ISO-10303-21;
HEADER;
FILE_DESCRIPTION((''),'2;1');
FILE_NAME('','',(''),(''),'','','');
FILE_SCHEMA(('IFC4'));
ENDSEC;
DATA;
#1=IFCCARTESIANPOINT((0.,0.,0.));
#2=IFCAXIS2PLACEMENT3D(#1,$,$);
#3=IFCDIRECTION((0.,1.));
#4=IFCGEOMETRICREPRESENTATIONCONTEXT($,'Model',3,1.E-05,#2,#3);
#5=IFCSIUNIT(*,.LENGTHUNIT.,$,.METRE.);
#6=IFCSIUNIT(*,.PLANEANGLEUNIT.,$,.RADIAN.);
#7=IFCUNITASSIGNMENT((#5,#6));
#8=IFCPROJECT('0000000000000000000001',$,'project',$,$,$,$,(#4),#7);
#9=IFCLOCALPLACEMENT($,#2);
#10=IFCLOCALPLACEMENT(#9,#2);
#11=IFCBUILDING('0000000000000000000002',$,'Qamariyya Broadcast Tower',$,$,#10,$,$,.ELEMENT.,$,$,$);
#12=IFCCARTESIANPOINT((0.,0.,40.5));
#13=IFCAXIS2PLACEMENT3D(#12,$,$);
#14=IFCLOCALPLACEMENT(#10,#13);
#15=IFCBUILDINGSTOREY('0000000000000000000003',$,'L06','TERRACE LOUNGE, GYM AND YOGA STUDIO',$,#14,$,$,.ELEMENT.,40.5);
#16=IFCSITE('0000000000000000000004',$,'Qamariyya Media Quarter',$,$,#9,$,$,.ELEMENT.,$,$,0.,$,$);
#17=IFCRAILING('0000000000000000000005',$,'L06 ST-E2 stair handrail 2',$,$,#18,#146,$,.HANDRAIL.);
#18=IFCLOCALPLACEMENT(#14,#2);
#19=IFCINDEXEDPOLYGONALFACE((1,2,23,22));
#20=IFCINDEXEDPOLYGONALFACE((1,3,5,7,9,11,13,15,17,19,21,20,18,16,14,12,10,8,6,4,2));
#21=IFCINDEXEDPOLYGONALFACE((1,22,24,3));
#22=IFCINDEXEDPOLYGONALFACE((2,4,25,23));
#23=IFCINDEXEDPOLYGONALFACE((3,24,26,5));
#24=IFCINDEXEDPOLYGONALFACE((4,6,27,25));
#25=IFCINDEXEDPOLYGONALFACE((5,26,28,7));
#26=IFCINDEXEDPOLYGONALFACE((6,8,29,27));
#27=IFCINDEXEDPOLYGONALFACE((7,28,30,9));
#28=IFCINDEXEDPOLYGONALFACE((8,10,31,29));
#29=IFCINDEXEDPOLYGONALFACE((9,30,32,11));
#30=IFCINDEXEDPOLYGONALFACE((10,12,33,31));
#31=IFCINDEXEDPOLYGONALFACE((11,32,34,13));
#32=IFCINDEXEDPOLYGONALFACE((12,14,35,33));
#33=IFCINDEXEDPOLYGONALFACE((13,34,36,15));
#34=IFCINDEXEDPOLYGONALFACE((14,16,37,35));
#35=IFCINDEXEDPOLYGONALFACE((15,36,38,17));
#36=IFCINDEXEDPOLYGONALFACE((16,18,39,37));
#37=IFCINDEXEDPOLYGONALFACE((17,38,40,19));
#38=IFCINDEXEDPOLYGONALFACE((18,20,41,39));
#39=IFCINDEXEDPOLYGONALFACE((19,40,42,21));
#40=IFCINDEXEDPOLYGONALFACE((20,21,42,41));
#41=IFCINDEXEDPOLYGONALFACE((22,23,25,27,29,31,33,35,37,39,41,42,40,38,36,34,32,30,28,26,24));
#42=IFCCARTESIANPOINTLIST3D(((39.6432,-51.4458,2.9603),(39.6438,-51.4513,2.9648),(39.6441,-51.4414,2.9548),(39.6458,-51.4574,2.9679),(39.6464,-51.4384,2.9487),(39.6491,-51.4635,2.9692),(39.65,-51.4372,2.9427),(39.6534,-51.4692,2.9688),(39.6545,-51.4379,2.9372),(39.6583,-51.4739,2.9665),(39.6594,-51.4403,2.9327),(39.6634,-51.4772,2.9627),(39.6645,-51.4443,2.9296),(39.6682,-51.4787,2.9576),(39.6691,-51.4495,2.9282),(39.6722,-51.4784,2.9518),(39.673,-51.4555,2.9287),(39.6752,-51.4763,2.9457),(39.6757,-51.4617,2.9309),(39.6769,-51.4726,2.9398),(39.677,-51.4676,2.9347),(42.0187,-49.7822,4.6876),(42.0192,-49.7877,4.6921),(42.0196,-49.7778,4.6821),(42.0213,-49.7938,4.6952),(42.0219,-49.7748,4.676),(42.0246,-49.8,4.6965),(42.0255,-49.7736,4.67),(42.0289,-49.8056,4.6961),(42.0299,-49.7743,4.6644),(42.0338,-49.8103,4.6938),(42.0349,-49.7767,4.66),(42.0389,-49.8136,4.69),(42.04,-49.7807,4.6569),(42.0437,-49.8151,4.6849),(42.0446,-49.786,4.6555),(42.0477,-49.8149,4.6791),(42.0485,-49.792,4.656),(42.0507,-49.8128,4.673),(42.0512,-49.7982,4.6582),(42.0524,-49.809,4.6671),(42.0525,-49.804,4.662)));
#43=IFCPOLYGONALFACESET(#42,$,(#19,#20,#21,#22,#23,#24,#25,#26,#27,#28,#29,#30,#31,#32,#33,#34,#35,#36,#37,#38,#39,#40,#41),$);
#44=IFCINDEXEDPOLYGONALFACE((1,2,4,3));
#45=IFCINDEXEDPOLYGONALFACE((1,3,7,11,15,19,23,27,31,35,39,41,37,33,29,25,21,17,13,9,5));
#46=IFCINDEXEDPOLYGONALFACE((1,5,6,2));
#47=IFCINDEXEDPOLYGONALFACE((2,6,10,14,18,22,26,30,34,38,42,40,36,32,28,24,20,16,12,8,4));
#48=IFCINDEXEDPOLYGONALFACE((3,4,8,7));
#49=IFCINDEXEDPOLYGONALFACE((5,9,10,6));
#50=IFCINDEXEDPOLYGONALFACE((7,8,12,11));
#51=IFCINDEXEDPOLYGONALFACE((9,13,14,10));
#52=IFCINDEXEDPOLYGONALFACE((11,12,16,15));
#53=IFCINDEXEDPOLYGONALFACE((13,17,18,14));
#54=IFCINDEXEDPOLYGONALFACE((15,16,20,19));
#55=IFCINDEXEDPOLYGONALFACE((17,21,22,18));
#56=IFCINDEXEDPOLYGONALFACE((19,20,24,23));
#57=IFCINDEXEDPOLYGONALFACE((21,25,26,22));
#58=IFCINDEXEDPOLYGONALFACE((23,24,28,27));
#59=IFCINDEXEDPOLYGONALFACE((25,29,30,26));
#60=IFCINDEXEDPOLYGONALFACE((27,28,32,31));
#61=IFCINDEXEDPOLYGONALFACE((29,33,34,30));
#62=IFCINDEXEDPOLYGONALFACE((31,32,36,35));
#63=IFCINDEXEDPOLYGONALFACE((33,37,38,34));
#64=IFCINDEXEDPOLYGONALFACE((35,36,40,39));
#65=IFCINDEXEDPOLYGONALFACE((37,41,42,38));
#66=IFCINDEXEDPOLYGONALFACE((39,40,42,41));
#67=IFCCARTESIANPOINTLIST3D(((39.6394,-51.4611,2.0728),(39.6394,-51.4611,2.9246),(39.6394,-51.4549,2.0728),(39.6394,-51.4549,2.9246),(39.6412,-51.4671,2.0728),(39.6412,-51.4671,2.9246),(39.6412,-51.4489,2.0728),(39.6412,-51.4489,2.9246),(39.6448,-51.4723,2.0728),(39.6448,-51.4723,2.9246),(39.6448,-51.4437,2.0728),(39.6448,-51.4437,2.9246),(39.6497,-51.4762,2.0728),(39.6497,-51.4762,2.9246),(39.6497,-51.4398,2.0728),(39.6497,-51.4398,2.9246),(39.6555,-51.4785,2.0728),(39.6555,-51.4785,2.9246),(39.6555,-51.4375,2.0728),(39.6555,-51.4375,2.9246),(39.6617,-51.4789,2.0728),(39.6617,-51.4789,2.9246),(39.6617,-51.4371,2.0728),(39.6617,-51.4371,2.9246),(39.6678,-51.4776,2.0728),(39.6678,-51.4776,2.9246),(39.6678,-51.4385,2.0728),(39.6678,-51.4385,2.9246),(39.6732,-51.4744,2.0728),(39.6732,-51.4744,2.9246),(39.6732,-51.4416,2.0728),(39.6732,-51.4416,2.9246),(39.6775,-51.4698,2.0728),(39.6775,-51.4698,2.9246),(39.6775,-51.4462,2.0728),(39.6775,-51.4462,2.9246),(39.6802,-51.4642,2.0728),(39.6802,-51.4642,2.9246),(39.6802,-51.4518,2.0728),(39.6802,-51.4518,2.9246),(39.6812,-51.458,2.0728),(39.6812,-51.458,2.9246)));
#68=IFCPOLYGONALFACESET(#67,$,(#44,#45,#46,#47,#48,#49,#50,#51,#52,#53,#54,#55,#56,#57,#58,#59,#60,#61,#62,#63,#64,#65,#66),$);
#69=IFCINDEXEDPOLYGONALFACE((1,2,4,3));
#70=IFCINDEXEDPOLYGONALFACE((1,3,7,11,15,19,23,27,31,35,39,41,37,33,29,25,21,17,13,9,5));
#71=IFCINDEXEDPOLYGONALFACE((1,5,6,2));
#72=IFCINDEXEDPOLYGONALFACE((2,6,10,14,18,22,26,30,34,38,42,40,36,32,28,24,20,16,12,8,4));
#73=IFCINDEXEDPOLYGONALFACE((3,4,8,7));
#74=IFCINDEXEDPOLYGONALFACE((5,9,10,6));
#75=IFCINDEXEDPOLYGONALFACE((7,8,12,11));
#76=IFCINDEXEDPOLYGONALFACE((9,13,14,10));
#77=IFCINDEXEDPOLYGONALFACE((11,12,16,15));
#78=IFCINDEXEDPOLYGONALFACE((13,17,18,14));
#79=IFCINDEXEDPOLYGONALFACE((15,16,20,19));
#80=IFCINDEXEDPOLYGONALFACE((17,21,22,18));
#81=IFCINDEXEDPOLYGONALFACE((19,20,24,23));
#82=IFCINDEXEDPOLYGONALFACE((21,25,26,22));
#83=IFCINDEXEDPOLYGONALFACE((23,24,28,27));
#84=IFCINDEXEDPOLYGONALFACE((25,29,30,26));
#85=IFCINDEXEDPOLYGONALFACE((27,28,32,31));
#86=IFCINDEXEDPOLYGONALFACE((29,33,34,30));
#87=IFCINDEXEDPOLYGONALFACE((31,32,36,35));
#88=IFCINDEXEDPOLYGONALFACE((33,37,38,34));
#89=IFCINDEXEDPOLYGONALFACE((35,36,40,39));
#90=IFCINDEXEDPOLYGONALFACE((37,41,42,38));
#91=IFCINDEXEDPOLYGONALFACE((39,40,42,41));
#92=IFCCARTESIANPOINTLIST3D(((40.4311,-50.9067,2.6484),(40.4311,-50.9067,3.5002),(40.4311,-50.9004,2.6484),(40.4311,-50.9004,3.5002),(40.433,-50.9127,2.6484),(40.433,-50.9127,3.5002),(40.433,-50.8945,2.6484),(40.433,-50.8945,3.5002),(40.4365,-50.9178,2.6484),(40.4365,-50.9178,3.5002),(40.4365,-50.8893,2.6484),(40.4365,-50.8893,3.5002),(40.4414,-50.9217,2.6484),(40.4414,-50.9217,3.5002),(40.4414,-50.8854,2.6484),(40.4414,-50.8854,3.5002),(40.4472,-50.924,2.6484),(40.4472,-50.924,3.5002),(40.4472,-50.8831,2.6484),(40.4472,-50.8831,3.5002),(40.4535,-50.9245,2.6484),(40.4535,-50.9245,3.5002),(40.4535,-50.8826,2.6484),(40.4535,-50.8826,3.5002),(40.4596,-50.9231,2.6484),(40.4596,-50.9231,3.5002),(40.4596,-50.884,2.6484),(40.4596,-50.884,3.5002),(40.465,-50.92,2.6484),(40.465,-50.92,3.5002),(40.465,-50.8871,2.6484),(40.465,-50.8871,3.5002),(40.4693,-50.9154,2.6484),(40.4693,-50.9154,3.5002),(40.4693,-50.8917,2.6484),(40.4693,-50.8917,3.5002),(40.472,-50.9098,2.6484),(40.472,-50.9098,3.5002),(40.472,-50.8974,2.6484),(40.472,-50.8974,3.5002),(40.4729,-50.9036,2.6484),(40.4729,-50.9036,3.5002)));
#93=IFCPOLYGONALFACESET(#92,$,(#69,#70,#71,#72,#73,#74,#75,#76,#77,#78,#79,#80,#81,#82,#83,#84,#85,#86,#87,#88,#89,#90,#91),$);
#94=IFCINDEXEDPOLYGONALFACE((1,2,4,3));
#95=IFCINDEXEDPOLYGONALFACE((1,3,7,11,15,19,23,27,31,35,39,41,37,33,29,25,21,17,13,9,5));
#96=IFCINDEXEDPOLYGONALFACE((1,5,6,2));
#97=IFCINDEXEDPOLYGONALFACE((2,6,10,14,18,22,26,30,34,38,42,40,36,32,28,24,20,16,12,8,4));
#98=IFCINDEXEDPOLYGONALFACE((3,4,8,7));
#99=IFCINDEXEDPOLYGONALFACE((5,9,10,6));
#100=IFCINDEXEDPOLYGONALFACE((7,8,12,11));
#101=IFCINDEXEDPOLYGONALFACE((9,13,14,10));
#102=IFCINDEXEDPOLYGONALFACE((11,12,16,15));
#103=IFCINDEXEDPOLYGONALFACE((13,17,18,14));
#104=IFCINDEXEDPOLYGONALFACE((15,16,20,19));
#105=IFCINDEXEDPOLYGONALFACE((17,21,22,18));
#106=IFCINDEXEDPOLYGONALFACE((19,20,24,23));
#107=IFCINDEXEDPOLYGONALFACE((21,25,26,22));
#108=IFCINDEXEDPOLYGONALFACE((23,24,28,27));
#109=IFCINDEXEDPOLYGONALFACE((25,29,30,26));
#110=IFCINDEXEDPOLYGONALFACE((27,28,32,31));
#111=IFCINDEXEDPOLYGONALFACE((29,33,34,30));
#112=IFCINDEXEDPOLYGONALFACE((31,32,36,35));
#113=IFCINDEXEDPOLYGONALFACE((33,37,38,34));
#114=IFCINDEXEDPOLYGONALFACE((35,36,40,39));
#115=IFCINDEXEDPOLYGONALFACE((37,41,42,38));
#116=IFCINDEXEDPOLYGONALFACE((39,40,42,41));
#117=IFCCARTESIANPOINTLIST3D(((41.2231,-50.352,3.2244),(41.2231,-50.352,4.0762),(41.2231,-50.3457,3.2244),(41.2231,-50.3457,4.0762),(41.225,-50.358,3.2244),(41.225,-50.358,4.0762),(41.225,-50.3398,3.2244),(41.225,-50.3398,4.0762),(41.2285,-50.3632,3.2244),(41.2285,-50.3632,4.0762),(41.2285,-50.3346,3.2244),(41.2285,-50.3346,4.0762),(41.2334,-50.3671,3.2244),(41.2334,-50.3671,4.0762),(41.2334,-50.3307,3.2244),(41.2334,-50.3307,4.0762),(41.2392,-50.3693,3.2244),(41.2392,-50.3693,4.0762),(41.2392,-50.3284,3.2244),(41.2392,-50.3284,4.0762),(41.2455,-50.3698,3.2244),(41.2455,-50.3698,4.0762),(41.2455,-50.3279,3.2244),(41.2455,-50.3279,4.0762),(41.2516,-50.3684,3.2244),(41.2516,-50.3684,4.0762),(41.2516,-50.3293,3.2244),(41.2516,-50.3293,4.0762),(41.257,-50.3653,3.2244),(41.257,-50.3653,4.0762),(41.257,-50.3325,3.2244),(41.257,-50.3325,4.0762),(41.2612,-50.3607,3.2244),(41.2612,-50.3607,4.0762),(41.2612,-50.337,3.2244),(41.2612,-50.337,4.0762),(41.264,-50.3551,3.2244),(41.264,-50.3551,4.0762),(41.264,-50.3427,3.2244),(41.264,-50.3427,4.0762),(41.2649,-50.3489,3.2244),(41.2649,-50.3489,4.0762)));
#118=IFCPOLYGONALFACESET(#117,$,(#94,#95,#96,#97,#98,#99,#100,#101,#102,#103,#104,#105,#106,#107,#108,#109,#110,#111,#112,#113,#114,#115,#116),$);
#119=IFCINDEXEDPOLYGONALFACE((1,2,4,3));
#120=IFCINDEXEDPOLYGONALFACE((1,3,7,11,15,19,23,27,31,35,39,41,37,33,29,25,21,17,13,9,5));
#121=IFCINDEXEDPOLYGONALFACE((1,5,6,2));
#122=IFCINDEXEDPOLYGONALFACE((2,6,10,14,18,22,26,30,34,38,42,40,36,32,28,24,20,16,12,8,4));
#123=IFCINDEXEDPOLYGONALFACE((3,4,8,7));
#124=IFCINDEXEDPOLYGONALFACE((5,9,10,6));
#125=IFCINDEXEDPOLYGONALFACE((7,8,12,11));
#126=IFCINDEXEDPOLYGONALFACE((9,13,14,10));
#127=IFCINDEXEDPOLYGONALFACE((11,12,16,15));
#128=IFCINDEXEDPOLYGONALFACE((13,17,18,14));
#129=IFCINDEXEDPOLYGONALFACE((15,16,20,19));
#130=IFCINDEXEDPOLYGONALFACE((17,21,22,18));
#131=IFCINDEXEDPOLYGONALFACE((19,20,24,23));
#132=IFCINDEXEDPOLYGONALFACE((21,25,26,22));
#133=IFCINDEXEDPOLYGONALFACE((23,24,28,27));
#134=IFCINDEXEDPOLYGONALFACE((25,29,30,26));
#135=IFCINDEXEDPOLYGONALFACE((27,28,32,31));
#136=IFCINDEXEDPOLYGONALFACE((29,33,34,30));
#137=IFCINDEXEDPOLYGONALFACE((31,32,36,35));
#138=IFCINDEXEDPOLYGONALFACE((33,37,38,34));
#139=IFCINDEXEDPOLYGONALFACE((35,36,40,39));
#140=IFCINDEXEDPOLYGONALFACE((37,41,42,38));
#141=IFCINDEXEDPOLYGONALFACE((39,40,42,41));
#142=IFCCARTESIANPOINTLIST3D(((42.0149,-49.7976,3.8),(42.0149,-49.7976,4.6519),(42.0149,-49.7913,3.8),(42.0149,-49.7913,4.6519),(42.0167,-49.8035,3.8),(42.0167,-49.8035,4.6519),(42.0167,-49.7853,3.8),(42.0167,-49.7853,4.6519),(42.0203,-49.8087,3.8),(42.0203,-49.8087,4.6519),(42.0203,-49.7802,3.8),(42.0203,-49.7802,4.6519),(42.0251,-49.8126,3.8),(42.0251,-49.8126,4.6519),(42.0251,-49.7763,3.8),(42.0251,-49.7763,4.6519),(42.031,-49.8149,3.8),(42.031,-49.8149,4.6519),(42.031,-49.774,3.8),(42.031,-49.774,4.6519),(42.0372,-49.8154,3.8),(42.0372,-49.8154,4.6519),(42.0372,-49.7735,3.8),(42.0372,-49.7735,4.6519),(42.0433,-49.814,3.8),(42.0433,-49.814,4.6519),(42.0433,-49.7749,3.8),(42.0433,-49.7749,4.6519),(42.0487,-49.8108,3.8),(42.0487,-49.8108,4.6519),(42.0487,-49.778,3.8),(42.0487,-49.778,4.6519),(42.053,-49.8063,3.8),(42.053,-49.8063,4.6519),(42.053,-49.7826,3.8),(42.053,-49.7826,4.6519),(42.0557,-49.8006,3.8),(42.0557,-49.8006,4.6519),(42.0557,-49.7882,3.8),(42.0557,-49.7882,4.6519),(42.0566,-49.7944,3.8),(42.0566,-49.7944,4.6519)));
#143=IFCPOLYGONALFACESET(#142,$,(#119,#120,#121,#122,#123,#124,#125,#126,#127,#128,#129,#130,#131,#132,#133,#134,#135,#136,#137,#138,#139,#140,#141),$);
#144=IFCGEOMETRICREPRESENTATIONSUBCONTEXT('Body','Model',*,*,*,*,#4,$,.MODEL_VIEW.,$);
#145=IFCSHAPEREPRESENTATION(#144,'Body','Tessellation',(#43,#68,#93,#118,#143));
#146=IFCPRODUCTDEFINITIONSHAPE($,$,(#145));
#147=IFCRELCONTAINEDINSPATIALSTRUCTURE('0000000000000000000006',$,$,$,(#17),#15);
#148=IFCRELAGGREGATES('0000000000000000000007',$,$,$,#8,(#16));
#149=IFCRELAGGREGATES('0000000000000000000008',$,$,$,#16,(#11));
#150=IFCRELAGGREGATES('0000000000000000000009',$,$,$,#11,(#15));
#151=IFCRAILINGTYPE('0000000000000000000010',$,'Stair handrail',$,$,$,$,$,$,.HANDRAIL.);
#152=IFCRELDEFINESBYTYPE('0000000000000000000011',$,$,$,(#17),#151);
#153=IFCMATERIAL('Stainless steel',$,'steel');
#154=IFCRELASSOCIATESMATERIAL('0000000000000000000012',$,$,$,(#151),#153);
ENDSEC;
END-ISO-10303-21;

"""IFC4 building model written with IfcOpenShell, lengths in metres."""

from ifc_helpers import new_model, si_unit, direction, frame, origin, origin_2d, place, context, subcontext, project, spatial, circle, extrude, material, type_object, element, save


model = new_model("IFC4")

# Units and contexts
model_context = context("Model", 3, precision=1e-05, world=origin(), true_north=direction((0.0, 1.0)))
body_context = subcontext(model_context, "Body", "Model", "MODEL_VIEW")
ifc_project = project(units=[si_unit("LENGTHUNIT", "METRE"), si_unit("PLANEANGLEUNIT", "RADIAN")], contexts=[model_context])

# Site, building, storey
site_placement = place(None, origin())
site = spatial("IfcSite", under=ifc_project, at=site_placement, Name="Qamariyya Media Quarter", CompositionType="ELEMENT", RefElevation=0.0)
building_placement = place(site_placement, origin())
building = spatial("IfcBuilding", under=site, at=building_placement, Name="Qamariyya Broadcast Tower", CompositionType="ELEMENT")
storey_placement = place(building_placement, frame((0.0, 0.0, 40.5)))
storey = spatial("IfcBuildingStorey", under=building, at=storey_placement, Name="L06", Description="TERRACE LOUNGE, GYM AND YOGA STUDIO", CompositionType="ELEMENT", Elevation=40.5)

# Railing
ifc_material_1 = material(Name="Stainless steel", Category="steel")
railing_type_1 = type_object("IfcRailingType", Name="Stair handrail", PredefinedType="HANDRAIL", material=ifc_material_1)
railing_1_placement = place(storey_placement, frame((39.6602, -51.458, 2.0728)))
element("IfcRailing", 1, at=railing_1_placement, inside=storey, type_object=railing_type_1, Name="L06 ST-E2 stair handrail 2", PredefinedType="HANDRAIL", context=body_context, shape_type="SweptSolid", body=[
    extrude(circle(Radius=0.0239, at=origin_2d()), frame((0.0, 0.0, 0.876), z_axis=(0.703745, 0.492838, 0.511716), x_axis=(-0.573632, 0.819113, 0.0)), (0.0, 0.0, 1.0), 3.3755),
    extrude(circle(Radius=0.021, at=origin_2d()), origin(), (0.0, 0.0, 1.0), 0.8518),
    extrude(circle(Radius=0.021, at=origin_2d()), frame((0.7917, 0.5544, 0.5757)), (0.0, 0.0, 1.0), 0.8518),
    extrude(circle(Radius=0.021, at=origin_2d()), frame((1.5837, 1.1091, 1.1516)), (0.0, 0.0, 1.0), 0.8518),
    extrude(circle(Radius=0.021, at=origin_2d()), frame((2.3755, 1.6636, 1.7273)), (0.0, 0.0, 1.0), 0.8518),
])

save(model, "model.ifc")
